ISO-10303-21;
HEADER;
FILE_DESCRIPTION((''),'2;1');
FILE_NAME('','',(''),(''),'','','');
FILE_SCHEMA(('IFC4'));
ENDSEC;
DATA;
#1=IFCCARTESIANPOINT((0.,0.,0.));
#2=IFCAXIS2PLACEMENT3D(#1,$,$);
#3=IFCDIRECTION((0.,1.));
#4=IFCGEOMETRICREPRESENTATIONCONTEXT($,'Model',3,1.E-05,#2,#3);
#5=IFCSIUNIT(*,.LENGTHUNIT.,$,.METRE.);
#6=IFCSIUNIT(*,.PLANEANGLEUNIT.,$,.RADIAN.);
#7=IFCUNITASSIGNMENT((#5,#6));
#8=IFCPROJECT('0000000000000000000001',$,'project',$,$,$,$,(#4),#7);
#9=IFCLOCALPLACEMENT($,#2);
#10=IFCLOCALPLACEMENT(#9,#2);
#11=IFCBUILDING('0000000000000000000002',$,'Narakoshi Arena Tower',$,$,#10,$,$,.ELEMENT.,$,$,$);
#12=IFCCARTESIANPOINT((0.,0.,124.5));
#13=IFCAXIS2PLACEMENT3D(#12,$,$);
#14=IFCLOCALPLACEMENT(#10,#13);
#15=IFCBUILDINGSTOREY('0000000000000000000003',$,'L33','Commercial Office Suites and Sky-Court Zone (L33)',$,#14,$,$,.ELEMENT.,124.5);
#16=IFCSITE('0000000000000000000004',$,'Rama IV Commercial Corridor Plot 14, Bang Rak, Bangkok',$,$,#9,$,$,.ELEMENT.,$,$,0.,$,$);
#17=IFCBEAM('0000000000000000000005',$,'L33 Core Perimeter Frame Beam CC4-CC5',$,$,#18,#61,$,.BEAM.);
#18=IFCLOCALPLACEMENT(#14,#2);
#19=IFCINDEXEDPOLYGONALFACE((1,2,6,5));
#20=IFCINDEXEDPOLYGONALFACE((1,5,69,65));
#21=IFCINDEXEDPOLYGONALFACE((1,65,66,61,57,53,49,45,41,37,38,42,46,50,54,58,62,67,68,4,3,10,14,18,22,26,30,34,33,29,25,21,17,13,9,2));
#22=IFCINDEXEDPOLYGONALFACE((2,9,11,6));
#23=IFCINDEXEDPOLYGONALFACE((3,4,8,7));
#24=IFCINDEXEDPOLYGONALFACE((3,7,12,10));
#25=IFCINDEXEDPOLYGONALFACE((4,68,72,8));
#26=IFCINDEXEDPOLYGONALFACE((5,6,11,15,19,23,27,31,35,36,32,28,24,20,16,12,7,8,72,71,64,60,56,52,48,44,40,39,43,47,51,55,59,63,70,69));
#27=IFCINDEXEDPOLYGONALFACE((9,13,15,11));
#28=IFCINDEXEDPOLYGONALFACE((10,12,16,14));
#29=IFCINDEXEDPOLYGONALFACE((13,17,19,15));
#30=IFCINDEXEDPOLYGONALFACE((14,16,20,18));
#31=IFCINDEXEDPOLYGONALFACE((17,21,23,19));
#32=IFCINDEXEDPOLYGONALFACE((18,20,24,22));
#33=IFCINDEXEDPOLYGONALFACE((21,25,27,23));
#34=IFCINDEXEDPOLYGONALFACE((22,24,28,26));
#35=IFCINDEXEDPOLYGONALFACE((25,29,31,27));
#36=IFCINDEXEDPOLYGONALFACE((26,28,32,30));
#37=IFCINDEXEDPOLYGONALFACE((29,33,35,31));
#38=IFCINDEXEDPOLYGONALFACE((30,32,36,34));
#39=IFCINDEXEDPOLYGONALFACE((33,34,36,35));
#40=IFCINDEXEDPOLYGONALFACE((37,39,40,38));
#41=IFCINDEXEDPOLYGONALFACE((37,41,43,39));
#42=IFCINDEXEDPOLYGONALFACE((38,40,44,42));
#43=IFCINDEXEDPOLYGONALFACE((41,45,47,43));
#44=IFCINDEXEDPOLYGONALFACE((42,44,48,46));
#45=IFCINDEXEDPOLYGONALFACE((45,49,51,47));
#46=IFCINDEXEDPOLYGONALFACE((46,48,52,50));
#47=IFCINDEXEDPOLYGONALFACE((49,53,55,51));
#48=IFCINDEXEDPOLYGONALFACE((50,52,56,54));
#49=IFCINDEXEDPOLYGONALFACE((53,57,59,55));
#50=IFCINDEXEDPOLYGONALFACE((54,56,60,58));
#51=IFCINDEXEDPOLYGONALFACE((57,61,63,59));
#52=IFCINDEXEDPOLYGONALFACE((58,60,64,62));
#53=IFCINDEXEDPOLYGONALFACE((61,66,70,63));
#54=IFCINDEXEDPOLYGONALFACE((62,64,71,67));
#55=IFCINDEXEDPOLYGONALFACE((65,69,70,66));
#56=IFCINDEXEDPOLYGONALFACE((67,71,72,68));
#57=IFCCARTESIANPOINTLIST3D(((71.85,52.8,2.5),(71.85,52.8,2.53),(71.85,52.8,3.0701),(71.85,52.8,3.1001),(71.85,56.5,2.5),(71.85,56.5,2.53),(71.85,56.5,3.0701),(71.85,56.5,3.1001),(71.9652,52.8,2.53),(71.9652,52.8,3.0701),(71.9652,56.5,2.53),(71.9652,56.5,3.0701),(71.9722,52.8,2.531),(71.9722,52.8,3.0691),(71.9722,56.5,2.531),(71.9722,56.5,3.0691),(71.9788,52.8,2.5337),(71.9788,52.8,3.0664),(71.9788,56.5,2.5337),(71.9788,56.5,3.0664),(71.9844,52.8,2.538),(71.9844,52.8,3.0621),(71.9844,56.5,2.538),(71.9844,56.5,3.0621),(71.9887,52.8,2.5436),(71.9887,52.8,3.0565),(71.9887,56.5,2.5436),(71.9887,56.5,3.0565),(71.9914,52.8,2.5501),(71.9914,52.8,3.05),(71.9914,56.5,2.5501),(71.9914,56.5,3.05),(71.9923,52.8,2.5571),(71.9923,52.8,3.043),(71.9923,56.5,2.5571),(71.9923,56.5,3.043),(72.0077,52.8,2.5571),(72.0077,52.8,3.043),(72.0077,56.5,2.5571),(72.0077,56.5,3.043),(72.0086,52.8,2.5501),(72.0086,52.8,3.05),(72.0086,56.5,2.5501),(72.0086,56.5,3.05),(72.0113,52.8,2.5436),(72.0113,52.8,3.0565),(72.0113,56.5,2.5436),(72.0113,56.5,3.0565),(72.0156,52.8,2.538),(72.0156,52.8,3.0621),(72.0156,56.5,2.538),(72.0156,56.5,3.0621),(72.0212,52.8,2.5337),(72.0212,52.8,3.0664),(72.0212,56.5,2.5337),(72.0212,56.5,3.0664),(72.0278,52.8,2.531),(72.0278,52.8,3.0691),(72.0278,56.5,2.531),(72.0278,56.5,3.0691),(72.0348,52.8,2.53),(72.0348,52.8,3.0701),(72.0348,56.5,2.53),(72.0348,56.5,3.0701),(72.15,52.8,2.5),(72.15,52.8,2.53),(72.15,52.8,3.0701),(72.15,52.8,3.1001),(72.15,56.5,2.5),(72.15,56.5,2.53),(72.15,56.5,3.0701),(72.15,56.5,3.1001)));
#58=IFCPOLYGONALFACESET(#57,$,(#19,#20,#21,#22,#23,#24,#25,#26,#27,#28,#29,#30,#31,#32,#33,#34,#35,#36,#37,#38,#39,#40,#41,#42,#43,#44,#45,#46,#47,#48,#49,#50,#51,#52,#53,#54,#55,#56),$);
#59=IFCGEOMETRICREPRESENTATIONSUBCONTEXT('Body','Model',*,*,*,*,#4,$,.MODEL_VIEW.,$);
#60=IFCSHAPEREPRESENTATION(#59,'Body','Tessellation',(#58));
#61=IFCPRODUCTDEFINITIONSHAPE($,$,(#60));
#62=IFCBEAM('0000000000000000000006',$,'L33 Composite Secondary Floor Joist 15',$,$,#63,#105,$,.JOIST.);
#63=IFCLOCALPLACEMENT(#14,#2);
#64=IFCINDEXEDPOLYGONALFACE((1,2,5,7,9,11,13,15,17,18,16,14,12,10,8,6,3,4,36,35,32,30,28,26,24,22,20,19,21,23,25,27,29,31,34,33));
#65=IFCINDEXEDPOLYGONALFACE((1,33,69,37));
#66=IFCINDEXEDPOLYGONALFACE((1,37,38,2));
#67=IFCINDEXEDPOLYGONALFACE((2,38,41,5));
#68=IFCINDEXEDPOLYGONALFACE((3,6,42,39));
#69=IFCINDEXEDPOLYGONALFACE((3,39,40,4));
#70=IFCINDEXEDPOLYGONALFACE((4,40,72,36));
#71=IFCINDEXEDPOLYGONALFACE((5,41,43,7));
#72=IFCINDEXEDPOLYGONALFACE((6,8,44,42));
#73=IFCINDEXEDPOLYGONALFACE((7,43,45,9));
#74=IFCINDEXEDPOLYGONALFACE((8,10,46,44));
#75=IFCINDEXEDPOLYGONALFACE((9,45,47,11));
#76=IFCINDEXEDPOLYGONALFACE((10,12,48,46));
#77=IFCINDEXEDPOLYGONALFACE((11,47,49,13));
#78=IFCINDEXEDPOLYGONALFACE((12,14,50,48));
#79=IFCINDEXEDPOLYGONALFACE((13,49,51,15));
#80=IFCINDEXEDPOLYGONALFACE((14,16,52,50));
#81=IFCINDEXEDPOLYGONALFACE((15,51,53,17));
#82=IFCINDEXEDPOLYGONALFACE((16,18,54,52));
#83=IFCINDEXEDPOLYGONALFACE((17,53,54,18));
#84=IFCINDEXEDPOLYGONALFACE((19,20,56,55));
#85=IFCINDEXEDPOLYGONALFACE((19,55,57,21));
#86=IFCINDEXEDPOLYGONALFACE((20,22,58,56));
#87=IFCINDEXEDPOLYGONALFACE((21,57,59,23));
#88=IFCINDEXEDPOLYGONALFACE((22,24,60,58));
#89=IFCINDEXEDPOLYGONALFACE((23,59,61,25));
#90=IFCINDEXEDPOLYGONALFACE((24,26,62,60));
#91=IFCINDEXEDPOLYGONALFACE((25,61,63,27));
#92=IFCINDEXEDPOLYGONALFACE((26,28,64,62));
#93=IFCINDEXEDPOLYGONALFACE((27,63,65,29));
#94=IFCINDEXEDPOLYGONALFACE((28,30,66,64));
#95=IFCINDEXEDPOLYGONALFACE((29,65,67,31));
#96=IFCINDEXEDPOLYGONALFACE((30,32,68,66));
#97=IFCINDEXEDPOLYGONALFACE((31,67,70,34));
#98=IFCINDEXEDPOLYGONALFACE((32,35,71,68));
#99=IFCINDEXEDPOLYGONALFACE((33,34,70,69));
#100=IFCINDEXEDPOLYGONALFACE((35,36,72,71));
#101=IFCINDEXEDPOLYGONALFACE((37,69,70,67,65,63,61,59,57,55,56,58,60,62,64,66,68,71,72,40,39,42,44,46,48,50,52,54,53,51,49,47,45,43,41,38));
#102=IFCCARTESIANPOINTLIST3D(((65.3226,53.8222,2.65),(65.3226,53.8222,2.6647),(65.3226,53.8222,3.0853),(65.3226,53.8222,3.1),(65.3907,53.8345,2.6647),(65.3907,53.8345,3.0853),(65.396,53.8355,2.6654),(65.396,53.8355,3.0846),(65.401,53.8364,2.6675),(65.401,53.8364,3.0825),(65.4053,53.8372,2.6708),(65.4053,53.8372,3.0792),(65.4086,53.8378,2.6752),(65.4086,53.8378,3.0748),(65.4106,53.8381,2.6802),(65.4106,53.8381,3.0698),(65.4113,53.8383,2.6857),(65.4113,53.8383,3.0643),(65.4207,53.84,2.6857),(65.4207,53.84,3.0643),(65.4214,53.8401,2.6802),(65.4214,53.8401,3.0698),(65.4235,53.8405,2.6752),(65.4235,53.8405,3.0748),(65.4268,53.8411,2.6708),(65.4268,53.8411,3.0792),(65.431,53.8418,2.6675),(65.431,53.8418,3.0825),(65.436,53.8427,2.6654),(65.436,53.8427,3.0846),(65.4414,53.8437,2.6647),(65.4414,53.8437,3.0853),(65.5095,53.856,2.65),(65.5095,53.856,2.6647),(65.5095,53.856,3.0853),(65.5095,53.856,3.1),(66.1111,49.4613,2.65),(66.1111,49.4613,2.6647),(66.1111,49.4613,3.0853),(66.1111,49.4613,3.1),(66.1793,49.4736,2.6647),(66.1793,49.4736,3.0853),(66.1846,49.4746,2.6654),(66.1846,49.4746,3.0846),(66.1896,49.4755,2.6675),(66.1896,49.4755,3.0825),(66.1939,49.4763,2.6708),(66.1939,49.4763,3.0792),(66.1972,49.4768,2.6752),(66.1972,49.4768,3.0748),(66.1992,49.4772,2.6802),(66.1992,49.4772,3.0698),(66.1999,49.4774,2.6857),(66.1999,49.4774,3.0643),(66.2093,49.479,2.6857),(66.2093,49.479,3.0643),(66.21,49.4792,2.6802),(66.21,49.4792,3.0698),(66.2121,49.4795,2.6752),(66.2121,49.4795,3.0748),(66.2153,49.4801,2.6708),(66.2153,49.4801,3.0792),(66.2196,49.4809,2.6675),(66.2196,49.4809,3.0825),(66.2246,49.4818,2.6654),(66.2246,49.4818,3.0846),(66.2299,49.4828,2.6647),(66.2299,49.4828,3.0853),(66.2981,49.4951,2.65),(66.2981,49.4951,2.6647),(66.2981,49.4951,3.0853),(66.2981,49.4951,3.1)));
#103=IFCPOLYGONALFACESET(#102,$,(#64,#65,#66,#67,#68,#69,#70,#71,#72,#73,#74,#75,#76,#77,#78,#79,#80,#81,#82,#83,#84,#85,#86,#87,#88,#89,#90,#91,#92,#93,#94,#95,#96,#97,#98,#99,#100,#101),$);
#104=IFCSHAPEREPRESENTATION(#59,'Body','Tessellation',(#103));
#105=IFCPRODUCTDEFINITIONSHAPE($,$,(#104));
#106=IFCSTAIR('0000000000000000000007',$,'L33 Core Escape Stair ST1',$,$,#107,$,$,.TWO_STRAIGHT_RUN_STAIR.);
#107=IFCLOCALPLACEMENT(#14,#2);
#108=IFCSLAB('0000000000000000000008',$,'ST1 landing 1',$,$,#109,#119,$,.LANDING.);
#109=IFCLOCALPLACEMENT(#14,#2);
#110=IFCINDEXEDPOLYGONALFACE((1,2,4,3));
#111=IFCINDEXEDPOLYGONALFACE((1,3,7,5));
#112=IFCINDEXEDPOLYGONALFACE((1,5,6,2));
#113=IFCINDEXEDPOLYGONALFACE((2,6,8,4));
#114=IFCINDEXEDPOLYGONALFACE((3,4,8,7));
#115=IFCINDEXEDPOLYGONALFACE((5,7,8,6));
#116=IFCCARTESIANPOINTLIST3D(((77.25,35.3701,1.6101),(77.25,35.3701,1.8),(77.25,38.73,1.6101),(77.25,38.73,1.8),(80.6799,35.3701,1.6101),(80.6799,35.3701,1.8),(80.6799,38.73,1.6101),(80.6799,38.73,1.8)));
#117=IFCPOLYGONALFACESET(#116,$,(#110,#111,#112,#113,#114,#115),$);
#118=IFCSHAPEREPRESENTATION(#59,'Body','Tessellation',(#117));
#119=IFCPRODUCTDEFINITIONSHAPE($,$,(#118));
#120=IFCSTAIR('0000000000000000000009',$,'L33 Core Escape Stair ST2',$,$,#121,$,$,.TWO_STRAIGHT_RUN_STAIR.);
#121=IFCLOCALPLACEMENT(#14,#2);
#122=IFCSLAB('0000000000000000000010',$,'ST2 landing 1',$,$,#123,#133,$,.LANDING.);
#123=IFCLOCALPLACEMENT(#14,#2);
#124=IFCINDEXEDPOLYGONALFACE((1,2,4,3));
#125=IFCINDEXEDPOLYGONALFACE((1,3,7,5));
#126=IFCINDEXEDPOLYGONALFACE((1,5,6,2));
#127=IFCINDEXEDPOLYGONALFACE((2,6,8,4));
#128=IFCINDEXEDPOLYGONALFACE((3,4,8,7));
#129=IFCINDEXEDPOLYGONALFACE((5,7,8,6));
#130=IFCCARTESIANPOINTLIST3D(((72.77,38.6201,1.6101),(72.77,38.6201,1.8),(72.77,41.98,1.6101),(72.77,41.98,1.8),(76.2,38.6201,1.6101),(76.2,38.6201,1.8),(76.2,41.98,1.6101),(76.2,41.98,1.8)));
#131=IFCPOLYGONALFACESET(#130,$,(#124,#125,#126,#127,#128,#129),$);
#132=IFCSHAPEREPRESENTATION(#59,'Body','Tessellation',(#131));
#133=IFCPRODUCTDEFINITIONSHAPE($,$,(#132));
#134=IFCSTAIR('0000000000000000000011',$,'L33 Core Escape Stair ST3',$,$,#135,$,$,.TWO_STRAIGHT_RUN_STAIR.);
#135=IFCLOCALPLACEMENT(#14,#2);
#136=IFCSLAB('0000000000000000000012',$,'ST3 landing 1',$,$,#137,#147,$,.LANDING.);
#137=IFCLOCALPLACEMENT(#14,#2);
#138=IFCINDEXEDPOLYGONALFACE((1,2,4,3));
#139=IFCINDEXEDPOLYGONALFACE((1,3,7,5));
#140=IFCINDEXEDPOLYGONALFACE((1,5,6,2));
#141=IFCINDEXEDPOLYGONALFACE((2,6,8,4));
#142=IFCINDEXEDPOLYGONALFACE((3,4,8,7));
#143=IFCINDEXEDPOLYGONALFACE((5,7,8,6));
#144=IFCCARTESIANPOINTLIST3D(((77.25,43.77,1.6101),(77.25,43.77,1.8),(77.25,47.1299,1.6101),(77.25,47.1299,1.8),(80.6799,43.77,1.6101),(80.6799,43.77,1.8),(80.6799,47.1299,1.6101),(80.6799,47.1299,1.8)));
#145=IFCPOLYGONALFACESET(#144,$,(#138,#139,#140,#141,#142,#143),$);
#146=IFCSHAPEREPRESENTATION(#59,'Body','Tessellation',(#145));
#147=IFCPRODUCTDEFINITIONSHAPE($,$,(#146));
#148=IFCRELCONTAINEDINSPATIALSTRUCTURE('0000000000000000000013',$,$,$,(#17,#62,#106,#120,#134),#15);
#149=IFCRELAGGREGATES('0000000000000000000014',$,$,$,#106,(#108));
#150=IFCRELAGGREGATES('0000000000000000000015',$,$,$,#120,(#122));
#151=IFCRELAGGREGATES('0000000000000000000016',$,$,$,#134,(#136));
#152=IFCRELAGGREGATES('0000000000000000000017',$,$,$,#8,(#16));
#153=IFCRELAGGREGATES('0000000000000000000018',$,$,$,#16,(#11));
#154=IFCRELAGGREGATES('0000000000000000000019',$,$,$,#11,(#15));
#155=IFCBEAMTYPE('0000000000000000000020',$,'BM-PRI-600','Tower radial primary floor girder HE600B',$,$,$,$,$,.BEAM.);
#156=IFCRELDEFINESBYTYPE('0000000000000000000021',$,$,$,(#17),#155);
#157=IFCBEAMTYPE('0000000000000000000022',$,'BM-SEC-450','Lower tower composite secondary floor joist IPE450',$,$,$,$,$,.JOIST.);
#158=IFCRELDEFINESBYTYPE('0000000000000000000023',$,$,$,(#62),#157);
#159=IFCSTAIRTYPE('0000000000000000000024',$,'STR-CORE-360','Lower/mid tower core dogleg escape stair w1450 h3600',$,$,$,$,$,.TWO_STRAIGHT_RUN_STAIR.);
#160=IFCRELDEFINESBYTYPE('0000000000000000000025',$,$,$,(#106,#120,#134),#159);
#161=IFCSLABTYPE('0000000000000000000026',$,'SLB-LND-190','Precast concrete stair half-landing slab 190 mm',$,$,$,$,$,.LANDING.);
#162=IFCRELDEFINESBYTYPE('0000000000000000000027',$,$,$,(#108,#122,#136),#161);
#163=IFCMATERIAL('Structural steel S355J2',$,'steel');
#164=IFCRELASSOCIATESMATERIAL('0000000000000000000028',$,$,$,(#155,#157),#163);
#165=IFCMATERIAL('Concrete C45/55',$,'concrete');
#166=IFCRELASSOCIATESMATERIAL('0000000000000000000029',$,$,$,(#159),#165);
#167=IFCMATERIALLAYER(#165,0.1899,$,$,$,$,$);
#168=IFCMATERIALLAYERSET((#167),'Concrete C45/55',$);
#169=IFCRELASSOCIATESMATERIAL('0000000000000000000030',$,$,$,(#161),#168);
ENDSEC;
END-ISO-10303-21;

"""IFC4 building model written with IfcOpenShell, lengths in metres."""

from ifc_helpers import new_model, si_unit, direction, frame, origin, origin_2d, place, context, subcontext, project, spatial, polyline, i_section, outline, extrude, material, layer, layer_set, material_profile, profile_set, type_object, element, aggregate, save


model = new_model("IFC4")

# Units and contexts
model_context = context("Model", 3, precision=1e-05, world=origin(), true_north=direction((0.0, 1.0)))
body_context = subcontext(model_context, "Body", "Model", "MODEL_VIEW")
ifc_project = project(units=[si_unit("LENGTHUNIT", "METRE"), si_unit("PLANEANGLEUNIT", "RADIAN")], contexts=[model_context])

# Site, building, storey
site_placement = place(None, origin())
site = spatial("IfcSite", under=ifc_project, at=site_placement, Name="Rama IV Commercial Corridor Plot 14, Bang Rak, Bangkok", CompositionType="ELEMENT", RefElevation=0.0)
building_placement = place(site_placement, origin())
building = spatial("IfcBuilding", under=site, at=building_placement, Name="Narakoshi Arena Tower", CompositionType="ELEMENT")
storey_placement = place(building_placement, frame((0.0, 0.0, 124.5)))
storey = spatial("IfcBuildingStorey", under=building, at=storey_placement, Name="L33", Description="Commercial Office Suites and Sky-Court Zone (L33)", CompositionType="ELEMENT", Elevation=124.5)

# Beams
ifc_material_1 = material(Name="Structural steel S355J2", Category="steel")
ifc_material_profile_1 = material_profile(ifc_material_1, i_section(OverallWidth=0.3, OverallDepth=0.6001, WebThickness=0.0154, FlangeThickness=0.03, FilletRadius=0.0271, at=origin_2d()), Name="HE600B")
ifc_profile_set_1 = profile_set([ifc_material_profile_1], Name="Structural steel S355J2")
beam_type_1 = type_object("IfcBeamType", Name="BM-PRI-600", Description="Tower radial primary floor girder HE600B", PredefinedType="BEAM", material=ifc_profile_set_1)
beam_1_placement = place(storey_placement, frame((72.0, 52.8, 2.8), z_axis=(0.0, 1.0, 0.0), x_axis=(-1.0, 0.0, 0.0)))
element("IfcBeam", 1, at=beam_1_placement, inside=storey, type_object=beam_type_1, Name="L33 Core Perimeter Frame Beam CC4-CC5", PredefinedType="BEAM", context=body_context, shape_type="SweptSolid", body=[
    extrude(i_section(OverallWidth=0.3, OverallDepth=0.6001, WebThickness=0.0154, FlangeThickness=0.03, FilletRadius=0.0271, at=origin_2d()), origin(), (0.0, 0.0, 1.0), 3.7),
])
ifc_material_profile_2 = material_profile(ifc_material_1, i_section(OverallWidth=0.1899, OverallDepth=0.45, WebThickness=0.0095, FlangeThickness=0.0146, FilletRadius=0.021, at=origin_2d()), Name="IPE450")
ifc_profile_set_2 = profile_set([ifc_material_profile_2], Name="Structural steel S355J2")
beam_type_2 = type_object("IfcBeamType", Name="BM-SEC-450", Description="Lower tower composite secondary floor joist IPE450", PredefinedType="JOIST", material=ifc_profile_set_2)
beam_2_placement = place(storey_placement, frame((65.416, 53.8391, 2.875), z_axis=(0.177945, -0.98404, 0.0), x_axis=(0.98404, 0.177945, 0.0)))
element("IfcBeam", 2, at=beam_2_placement, inside=storey, type_object=beam_type_2, Name="L33 Composite Secondary Floor Joist 15", PredefinedType="JOIST", context=body_context, shape_type="SweptSolid", body=[
    extrude(i_section(OverallWidth=0.1899, OverallDepth=0.45, WebThickness=0.0095, FlangeThickness=0.0146, FilletRadius=0.021, at=origin_2d()), origin(), (0.0, 0.0, 1.0), 4.4316),
])

# Stairs, slabs
ifc_material_2 = material(Name="Concrete C45/55", Category="concrete")
stair_type = type_object("IfcStairType", Name="STR-CORE-360", Description="Lower/mid tower core dogleg escape stair w1450 h3600", PredefinedType="TWO_STRAIGHT_RUN_STAIR", material=ifc_material_2)
stair_1_placement = place(storey_placement, origin())
stair_1 = element("IfcStair", 3, at=stair_1_placement, inside=storey, type_object=stair_type, Name="L33 Core Escape Stair ST1", PredefinedType="TWO_STRAIGHT_RUN_STAIR")
ifc_layer_1 = layer(ifc_material_2, 0.1899)
ifc_layer_set_1 = layer_set([ifc_layer_1], Name="Concrete C45/55")
slab_type_1 = type_object("IfcSlabType", Name="SLB-LND-190", Description="Precast concrete stair half-landing slab 190 mm", PredefinedType="LANDING", material=ifc_layer_set_1)
slab_1_placement = place(storey_placement, frame((0.0, 0.0, 1.6101)))
slab_1 = element("IfcSlab", 4, at=slab_1_placement, type_object=slab_type_1, Name="ST1 landing 1", PredefinedType="LANDING", context=body_context, shape_type="SweptSolid", body=[
    extrude(outline(polyline([(77.25, 35.3701), (80.6799, 35.3701), (80.6799, 38.73), (77.25, 38.73), (77.25, 35.3701)])), origin(), (0.0, 0.0, 1.0), 0.1899),
])
aggregate(stair_1, [slab_1])
stair_2_placement = place(storey_placement, origin())
stair_2 = element("IfcStair", 5, at=stair_2_placement, inside=storey, type_object=stair_type, Name="L33 Core Escape Stair ST2", PredefinedType="TWO_STRAIGHT_RUN_STAIR")
slab_2_placement = place(storey_placement, frame((0.0, 0.0, 1.6101)))
slab_2 = element("IfcSlab", 6, at=slab_2_placement, type_object=slab_type_1, Name="ST2 landing 1", PredefinedType="LANDING", context=body_context, shape_type="SweptSolid", body=[
    extrude(outline(polyline([(72.77, 38.6201), (76.2, 38.6201), (76.2, 41.98), (72.77, 41.98), (72.77, 38.6201)])), origin(), (0.0, 0.0, 1.0), 0.1899),
])
aggregate(stair_2, [slab_2])
stair_3_placement = place(storey_placement, origin())
stair_3 = element("IfcStair", 7, at=stair_3_placement, inside=storey, type_object=stair_type, Name="L33 Core Escape Stair ST3", PredefinedType="TWO_STRAIGHT_RUN_STAIR")
slab_3_placement = place(storey_placement, frame((0.0, 0.0, 1.6101)))
slab_3 = element("IfcSlab", 8, at=slab_3_placement, type_object=slab_type_1, Name="ST3 landing 1", PredefinedType="LANDING", context=body_context, shape_type="SweptSolid", body=[
    extrude(outline(polyline([(77.25, 43.77), (80.6799, 43.77), (80.6799, 47.1299), (77.25, 47.1299), (77.25, 43.77)])), origin(), (0.0, 0.0, 1.0), 0.1899),
])
aggregate(stair_3, [slab_3])

save(model, "model.ifc")
